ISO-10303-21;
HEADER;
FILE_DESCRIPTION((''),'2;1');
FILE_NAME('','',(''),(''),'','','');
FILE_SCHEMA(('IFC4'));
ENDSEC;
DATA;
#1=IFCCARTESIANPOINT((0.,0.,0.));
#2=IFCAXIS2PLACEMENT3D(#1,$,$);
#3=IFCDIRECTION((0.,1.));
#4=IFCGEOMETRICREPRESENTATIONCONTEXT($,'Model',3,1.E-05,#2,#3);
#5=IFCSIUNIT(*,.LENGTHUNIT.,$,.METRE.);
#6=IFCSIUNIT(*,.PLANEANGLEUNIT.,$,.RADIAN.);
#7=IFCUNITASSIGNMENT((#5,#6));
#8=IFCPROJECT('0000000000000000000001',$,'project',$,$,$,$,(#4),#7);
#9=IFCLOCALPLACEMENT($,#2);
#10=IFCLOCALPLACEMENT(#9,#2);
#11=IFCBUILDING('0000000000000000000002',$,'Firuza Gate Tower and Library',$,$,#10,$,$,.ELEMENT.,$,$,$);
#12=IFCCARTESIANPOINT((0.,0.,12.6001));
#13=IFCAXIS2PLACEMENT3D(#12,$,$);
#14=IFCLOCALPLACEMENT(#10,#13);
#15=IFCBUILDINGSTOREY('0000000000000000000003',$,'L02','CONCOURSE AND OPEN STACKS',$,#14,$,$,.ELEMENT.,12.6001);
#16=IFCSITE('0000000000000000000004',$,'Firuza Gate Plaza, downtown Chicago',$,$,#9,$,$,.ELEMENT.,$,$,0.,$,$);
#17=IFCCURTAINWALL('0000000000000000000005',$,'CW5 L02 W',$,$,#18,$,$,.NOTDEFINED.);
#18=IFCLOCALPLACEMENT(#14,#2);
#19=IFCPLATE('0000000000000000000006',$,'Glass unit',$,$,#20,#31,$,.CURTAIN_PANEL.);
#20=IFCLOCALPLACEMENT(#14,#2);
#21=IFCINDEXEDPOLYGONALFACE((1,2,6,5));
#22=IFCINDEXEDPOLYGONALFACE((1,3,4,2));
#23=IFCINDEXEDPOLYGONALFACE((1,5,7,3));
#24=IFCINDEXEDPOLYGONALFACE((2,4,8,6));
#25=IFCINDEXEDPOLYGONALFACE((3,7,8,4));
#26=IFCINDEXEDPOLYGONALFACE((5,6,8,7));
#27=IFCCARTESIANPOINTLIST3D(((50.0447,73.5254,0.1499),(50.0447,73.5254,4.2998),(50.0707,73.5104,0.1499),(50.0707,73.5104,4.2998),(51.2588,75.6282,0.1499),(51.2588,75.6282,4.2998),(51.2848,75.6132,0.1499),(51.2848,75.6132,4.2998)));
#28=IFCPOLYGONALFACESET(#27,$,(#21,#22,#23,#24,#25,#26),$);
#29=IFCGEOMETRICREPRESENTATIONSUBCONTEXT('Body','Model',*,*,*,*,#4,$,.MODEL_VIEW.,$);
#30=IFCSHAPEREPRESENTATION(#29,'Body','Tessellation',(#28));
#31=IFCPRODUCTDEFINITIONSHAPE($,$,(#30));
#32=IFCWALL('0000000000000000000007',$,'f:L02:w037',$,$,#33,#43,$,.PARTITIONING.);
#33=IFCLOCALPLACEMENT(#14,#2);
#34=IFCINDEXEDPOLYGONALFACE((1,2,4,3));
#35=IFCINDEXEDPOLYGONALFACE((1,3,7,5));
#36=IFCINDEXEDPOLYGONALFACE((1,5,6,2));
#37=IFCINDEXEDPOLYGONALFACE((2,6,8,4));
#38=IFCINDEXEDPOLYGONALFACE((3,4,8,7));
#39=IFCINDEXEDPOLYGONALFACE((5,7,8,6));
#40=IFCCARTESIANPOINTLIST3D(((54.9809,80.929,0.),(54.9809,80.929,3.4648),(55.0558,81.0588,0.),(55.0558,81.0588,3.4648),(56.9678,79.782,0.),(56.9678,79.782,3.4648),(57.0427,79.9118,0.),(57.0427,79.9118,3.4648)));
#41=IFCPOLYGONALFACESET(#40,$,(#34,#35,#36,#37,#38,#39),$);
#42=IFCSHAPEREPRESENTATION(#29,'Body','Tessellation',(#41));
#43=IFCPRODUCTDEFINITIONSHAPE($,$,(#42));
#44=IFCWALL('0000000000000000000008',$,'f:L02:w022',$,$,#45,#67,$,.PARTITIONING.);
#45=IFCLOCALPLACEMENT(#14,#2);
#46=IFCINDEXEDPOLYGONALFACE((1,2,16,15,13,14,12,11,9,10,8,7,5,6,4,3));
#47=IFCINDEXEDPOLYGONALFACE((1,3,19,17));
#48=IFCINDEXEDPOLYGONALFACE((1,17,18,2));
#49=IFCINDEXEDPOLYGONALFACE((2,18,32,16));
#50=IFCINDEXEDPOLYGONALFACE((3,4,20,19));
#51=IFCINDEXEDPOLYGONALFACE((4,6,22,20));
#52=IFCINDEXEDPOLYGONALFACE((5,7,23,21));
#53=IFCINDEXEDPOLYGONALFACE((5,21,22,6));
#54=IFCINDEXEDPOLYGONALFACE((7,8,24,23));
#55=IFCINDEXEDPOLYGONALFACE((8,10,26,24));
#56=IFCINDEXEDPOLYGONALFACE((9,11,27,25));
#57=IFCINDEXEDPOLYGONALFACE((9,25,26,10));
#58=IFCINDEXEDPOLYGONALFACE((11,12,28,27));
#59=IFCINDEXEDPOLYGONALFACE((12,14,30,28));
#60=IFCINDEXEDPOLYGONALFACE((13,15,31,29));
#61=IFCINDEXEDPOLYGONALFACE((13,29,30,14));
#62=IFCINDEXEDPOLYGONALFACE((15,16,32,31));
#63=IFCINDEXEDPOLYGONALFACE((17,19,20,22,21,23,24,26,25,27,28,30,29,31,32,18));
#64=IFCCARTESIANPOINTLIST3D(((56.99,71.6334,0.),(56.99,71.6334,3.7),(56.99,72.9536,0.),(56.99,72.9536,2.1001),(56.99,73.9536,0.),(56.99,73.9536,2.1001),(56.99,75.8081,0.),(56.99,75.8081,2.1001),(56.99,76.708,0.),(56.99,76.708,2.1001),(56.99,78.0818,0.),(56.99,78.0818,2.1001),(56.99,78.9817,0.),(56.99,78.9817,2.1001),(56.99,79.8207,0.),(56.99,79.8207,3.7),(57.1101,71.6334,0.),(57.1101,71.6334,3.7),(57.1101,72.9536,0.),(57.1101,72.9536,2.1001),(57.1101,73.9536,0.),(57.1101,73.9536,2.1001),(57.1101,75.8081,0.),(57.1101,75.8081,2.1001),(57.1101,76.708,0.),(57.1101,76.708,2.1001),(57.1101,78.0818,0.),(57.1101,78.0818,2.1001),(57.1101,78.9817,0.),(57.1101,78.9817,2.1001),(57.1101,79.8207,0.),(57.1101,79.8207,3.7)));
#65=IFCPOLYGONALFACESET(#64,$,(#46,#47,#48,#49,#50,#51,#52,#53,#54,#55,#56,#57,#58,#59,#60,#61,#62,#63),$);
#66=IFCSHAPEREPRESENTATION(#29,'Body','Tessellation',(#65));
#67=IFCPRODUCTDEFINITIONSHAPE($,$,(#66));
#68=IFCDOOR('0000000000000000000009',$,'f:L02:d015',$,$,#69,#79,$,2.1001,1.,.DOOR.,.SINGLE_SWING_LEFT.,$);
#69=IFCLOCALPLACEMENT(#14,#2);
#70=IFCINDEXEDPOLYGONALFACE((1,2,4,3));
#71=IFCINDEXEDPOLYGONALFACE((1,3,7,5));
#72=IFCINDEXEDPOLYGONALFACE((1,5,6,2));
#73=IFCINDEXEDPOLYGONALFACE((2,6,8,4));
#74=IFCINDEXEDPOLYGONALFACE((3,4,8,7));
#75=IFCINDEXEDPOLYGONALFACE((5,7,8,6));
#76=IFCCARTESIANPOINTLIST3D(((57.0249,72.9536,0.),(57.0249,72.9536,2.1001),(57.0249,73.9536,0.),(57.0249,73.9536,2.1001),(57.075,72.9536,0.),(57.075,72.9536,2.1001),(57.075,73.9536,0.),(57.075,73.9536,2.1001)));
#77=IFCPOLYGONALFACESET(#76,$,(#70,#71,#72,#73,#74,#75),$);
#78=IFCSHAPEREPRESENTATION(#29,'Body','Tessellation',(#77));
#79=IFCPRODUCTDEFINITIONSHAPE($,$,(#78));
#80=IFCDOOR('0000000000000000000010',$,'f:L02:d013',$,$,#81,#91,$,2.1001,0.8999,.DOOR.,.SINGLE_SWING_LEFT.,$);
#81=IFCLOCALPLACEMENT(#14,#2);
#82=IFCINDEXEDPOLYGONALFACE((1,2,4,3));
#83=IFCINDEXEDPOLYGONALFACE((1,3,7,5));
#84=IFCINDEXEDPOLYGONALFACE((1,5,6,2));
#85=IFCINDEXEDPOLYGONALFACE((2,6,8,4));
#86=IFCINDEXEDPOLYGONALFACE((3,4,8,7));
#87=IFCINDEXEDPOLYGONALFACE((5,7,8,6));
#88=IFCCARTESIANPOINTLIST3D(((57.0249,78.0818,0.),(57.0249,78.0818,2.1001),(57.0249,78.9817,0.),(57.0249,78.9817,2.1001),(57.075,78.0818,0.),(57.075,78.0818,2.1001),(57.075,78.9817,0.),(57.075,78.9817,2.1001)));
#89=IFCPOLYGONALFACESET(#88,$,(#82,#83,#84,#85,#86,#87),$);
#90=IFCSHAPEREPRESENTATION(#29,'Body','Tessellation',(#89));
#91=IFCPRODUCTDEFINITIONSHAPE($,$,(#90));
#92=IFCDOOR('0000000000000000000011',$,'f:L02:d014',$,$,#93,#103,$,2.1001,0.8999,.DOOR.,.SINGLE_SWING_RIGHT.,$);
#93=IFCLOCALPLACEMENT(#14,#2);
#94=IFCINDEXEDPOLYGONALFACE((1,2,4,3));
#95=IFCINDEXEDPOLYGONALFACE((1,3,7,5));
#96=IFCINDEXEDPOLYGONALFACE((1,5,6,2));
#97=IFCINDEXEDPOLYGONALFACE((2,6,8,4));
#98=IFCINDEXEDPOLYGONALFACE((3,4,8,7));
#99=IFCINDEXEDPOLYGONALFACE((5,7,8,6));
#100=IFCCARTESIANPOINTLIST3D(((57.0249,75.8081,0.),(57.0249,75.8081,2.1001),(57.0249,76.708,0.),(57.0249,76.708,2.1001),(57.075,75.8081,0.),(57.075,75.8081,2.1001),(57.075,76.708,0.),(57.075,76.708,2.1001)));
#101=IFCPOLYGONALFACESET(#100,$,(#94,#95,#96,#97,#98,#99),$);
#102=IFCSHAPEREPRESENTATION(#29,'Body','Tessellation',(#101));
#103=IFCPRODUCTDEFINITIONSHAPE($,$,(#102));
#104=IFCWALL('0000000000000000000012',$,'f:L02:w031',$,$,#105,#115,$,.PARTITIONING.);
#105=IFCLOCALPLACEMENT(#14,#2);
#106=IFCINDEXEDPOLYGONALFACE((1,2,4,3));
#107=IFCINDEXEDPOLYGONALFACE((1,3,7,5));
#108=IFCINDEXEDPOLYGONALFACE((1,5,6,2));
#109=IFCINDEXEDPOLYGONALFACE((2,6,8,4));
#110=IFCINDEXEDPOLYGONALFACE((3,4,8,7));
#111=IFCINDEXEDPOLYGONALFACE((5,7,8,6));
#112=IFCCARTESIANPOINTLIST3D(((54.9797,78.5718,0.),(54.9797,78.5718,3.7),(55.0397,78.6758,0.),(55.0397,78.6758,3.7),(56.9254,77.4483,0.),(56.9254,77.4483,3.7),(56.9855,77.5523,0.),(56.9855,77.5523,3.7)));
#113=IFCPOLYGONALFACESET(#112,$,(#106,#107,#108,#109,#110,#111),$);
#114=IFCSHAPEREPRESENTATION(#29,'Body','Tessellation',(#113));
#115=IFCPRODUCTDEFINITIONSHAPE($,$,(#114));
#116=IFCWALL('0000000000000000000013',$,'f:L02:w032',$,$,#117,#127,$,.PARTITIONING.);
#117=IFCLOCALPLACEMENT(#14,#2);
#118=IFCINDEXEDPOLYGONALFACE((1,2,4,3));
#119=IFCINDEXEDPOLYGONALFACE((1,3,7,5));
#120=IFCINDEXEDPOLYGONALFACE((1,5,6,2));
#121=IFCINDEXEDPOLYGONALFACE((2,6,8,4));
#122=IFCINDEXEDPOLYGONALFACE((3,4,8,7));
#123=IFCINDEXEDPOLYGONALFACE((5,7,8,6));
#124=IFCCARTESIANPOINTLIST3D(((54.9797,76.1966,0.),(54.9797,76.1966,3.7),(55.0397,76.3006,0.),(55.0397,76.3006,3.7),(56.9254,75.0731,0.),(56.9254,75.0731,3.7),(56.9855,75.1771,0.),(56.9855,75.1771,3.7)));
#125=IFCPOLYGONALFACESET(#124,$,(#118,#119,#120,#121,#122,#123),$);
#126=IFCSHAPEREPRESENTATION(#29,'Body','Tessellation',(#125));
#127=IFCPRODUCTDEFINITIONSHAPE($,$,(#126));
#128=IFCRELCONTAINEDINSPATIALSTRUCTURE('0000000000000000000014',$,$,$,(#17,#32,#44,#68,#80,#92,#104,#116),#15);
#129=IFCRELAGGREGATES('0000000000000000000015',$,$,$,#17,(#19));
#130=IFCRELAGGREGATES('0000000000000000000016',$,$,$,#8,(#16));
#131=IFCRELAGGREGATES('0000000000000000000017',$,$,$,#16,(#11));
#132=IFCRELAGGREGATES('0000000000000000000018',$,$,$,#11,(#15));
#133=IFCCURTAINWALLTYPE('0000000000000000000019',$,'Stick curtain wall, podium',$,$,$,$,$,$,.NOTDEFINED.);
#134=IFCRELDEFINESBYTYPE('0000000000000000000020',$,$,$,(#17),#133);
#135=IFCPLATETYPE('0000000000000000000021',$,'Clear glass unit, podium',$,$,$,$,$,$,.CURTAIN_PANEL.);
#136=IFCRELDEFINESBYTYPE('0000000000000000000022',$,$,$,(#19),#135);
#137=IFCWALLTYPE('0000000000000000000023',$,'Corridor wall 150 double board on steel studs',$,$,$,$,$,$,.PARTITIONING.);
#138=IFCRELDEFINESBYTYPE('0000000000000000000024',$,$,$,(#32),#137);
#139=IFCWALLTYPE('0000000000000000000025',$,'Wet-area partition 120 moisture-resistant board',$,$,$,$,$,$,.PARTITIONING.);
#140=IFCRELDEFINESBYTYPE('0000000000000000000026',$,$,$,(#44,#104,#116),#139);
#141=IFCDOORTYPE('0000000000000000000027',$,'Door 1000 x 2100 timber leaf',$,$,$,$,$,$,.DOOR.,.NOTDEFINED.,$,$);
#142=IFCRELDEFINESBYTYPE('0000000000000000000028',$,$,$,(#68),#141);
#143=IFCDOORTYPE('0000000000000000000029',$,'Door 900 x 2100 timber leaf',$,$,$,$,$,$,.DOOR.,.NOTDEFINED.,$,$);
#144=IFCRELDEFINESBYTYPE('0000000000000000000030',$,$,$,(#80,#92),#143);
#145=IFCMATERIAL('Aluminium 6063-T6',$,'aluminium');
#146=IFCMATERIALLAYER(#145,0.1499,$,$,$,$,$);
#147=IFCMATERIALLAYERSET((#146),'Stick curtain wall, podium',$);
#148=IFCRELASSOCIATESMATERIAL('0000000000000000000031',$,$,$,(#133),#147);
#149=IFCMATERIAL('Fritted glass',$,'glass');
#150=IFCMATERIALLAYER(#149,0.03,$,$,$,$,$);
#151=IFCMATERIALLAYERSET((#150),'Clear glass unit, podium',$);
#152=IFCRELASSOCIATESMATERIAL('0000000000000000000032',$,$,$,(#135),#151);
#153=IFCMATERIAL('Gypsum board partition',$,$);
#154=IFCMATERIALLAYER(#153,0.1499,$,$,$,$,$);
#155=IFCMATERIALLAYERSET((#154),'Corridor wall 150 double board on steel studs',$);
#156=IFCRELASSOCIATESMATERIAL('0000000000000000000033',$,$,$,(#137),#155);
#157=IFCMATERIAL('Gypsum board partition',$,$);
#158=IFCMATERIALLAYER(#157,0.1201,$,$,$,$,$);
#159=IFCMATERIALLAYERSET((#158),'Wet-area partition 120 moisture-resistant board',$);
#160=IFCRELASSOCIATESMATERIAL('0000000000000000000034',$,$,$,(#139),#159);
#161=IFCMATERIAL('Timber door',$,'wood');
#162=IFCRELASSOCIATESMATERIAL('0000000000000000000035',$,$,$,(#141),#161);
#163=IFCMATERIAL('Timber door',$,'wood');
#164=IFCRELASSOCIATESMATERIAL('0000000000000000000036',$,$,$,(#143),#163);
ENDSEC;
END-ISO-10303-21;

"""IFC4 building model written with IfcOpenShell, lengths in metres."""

from ifc_helpers import new_model, si_unit, direction, frame, frame_2d, origin, place, context, subcontext, project, spatial, polyline, rectangle, outline, extrude, material, layer, layer_set, type_object, element, fill, aggregate, save


model = new_model("IFC4")

# Units and contexts
model_context = context("Model", 3, precision=1e-05, world=origin(), true_north=direction((0.0, 1.0)))
body_context = subcontext(model_context, "Body", "Model", "MODEL_VIEW")
ifc_project = project(units=[si_unit("LENGTHUNIT", "METRE"), si_unit("PLANEANGLEUNIT", "RADIAN")], contexts=[model_context])

# Site, building, storey
site_placement = place(None, origin())
site = spatial("IfcSite", under=ifc_project, at=site_placement, Name="Firuza Gate Plaza, downtown Chicago", CompositionType="ELEMENT", RefElevation=0.0)
building_placement = place(site_placement, origin())
building = spatial("IfcBuilding", under=site, at=building_placement, Name="Firuza Gate Tower and Library", CompositionType="ELEMENT")
storey_placement = place(building_placement, frame((0.0, 0.0, 12.6001)))
storey = spatial("IfcBuildingStorey", under=building, at=storey_placement, Name="L02", Description="CONCOURSE AND OPEN STACKS", CompositionType="ELEMENT", Elevation=12.6001)

# Curtain wall
ifc_material_1 = material(Name="Aluminium 6063-T6", Category="aluminium")
ifc_layer_1 = layer(ifc_material_1, 0.1499)
ifc_layer_set_1 = layer_set([ifc_layer_1], Name="Stick curtain wall, podium")
curtain_wall_type = type_object("IfcCurtainWallType", Name="Stick curtain wall, podium", PredefinedType="NOTDEFINED", material=ifc_layer_set_1)
curtain_wall_placement = place(storey_placement, origin())
curtain_wall = element("IfcCurtainWall", 1, at=curtain_wall_placement, inside=storey, type_object=curtain_wall_type, Name="CW5 L02 W", PredefinedType="NOTDEFINED")

# Plate
ifc_material_2 = material(Name="Fritted glass", Category="glass")
ifc_layer_2 = layer(ifc_material_2, 0.03)
ifc_layer_set_2 = layer_set([ifc_layer_2], Name="Clear glass unit, podium")
plate_type = type_object("IfcPlateType", Name="Clear glass unit, podium", PredefinedType="CURTAIN_PANEL", material=ifc_layer_set_2)
plate_1_placement = place(storey_placement, frame((51.2588, 75.6282, 0.1499), z_axis=(-0.866013, 0.500021, 0.0), x_axis=(-0.500021, -0.866013, 0.0)))
plate_1 = element("IfcPlate", 2, at=plate_1_placement, type_object=plate_type, Name="Glass unit", PredefinedType="CURTAIN_PANEL", context=body_context, shape_type="SweptSolid", body=[
    extrude(outline(polyline([(0.0, 0.0), (2.4281, 0.0), (2.4281, 4.1499), (0.0, 4.1499), (0.0, 0.0)])), origin(), (0.0, 0.0, -1.0), 0.03),
])
aggregate(curtain_wall, [plate_1])

# Wall
ifc_material_3 = material(Name="Gypsum board partition")
ifc_layer_3 = layer(ifc_material_3, 0.1499)
ifc_layer_set_3 = layer_set([ifc_layer_3], Name="Corridor wall 150 double board on steel studs")
wall_type_1 = type_object("IfcWallType", Name="Corridor wall 150 double board on steel studs", PredefinedType="PARTITIONING", material=ifc_layer_set_3)
wall_1_placement = place(storey_placement, frame((57.0051, 79.8469, 0.0), z_axis=(0.0, 0.0, 1.0), x_axis=(-0.866047, 0.499962, 0.0)))
element("IfcWall", 3, at=wall_1_placement, inside=storey, type_object=wall_type_1, Name="f:L02:w037", PredefinedType="PARTITIONING", context=body_context, shape_type="SweptSolid", body=[
    extrude(rectangle(XDim=2.2942, YDim=0.1499, at=frame_2d((1.147, 0.0))), origin(), (0.0, 0.0, 1.0), 3.4648),
])

# Wall, openings, doors
ifc_material_4 = material(Name="Gypsum board partition")
ifc_layer_4 = layer(ifc_material_4, 0.1201)
ifc_layer_set_4 = layer_set([ifc_layer_4], Name="Wet-area partition 120 moisture-resistant board")
wall_type_2 = type_object("IfcWallType", Name="Wet-area partition 120 moisture-resistant board", PredefinedType="PARTITIONING", material=ifc_layer_set_4)
wall_2_placement = place(storey_placement, frame((57.05, 79.8208, 0.0), z_axis=(0.0, 0.0, 1.0), x_axis=(0.0, -1.0, 0.0)))
wall_2 = element("IfcWall", 4, at=wall_2_placement, inside=storey, type_object=wall_type_2, Name="f:L02:w022", PredefinedType="PARTITIONING", context=body_context, shape_type="SweptSolid", body=[
    extrude(rectangle(XDim=8.1873, YDim=0.1201, at=frame_2d((4.0938, 0.0))), origin(), (0.0, 0.0, 1.0), 3.7),
])
opening_1_placement = place(wall_2_placement, frame((0.8391, 0.0, 0.0)))
opening_1 = element("IfcOpeningElement", 5, at=opening_1_placement, cuts=wall_2, PredefinedType="OPENING", context=body_context, shape_type="SweptSolid", body=[
    extrude(rectangle(XDim=0.8999, YDim=2.1001, at=frame_2d((0.45, 1.05))), frame((0.0, 0.0701, 0.0), z_axis=(0.0, -1.0, 0.0), x_axis=(1.0, 0.0, 0.0)), (0.0, 0.0, 1.0), 0.1401),
])
opening_2_placement = place(wall_2_placement, frame((3.1128, 0.0, 0.0)))
opening_2 = element("IfcOpeningElement", 6, at=opening_2_placement, cuts=wall_2, PredefinedType="OPENING", context=body_context, shape_type="SweptSolid", body=[
    extrude(rectangle(XDim=0.8999, YDim=2.1001, at=frame_2d((0.45, 1.05))), frame((0.0, 0.0701, 0.0), z_axis=(0.0, -1.0, 0.0), x_axis=(1.0, 0.0, 0.0)), (0.0, 0.0, 1.0), 0.1401),
])
opening_3_placement = place(wall_2_placement, frame((5.8672, 0.0, 0.0)))
opening_3 = element("IfcOpeningElement", 7, at=opening_3_placement, cuts=wall_2, PredefinedType="OPENING", context=body_context, shape_type="SweptSolid", body=[
    extrude(rectangle(XDim=1.0, YDim=2.1001, at=frame_2d((0.5, 1.05))), frame((0.0, 0.0701, 0.0), z_axis=(0.0, -1.0, 0.0), x_axis=(1.0, 0.0, 0.0)), (0.0, 0.0, 1.0), 0.1401),
])
ifc_material_5 = material(Name="Timber door", Category="wood")
door_type_1 = type_object("IfcDoorType", Name="Door 1000 x 2100 timber leaf", OperationType="NOTDEFINED", PredefinedType="DOOR", material=ifc_material_5)
door_1_placement = place(opening_3_placement, origin())
door_1 = element("IfcDoor", 8, at=door_1_placement, inside=storey, type_object=door_type_1, Name="f:L02:d015", OperationType="SINGLE_SWING_LEFT", OverallHeight=2.1001, OverallWidth=1.0, PredefinedType="DOOR", context=body_context, shape_type="SweptSolid", body=[
    extrude(rectangle(XDim=1.0, YDim=2.1001, at=frame_2d((0.5, 1.05))), frame((0.0, 0.0249, 0.0), z_axis=(0.0, -1.0, 0.0), x_axis=(1.0, 0.0, 0.0)), (0.0, 0.0, 1.0), 0.05),
])
fill(opening_3, door_1)
ifc_material_6 = material(Name="Timber door", Category="wood")
door_type_2 = type_object("IfcDoorType", Name="Door 900 x 2100 timber leaf", OperationType="NOTDEFINED", PredefinedType="DOOR", material=ifc_material_6)
door_2_placement = place(opening_1_placement, origin())
door_2 = element("IfcDoor", 9, at=door_2_placement, inside=storey, type_object=door_type_2, Name="f:L02:d013", OperationType="SINGLE_SWING_LEFT", OverallHeight=2.1001, OverallWidth=0.8999, PredefinedType="DOOR", context=body_context, shape_type="SweptSolid", body=[
    extrude(rectangle(XDim=0.8999, YDim=2.1001, at=frame_2d((0.45, 1.05))), frame((0.0, 0.0249, 0.0), z_axis=(0.0, -1.0, 0.0), x_axis=(1.0, 0.0, 0.0)), (0.0, 0.0, 1.0), 0.05),
])
fill(opening_1, door_2)
door_3_placement = place(opening_2_placement, origin())
door_3 = element("IfcDoor", 10, at=door_3_placement, inside=storey, type_object=door_type_2, Name="f:L02:d014", OperationType="SINGLE_SWING_RIGHT", OverallHeight=2.1001, OverallWidth=0.8999, PredefinedType="DOOR", context=body_context, shape_type="SweptSolid", body=[
    extrude(rectangle(XDim=0.8999, YDim=2.1001, at=frame_2d((0.45, 1.05))), frame((0.0, 0.0249, 0.0), z_axis=(0.0, -1.0, 0.0), x_axis=(1.0, 0.0, 0.0)), (0.0, 0.0, 1.0), 0.05),
])
fill(opening_2, door_3)

# Walls
for number, where, z_axis, x_axis, name in (
    (11, (56.9556, 77.5002, 0.0), (0.0, 0.0, 1.0), (-0.866001, 0.500042, 0.0), "f:L02:w031"),
    (12, (56.9556, 75.125, 0.0), (0.0, 0.0, 1.0), (-0.866001, 0.500042, 0.0), "f:L02:w032"),
):
    element("IfcWall", number, at=place(storey_placement, frame(where, z_axis=z_axis, x_axis=x_axis)), inside=storey, type_object=wall_type_2, Name=name, PredefinedType="PARTITIONING", context=body_context, shape_type="SweptSolid", body=[
        extrude(rectangle(XDim=2.2468, YDim=0.1201, at=frame_2d((1.1235, 0.0))), origin(), (0.0, 0.0, 1.0), 3.7),
    ])

save(model, "model.ifc")
